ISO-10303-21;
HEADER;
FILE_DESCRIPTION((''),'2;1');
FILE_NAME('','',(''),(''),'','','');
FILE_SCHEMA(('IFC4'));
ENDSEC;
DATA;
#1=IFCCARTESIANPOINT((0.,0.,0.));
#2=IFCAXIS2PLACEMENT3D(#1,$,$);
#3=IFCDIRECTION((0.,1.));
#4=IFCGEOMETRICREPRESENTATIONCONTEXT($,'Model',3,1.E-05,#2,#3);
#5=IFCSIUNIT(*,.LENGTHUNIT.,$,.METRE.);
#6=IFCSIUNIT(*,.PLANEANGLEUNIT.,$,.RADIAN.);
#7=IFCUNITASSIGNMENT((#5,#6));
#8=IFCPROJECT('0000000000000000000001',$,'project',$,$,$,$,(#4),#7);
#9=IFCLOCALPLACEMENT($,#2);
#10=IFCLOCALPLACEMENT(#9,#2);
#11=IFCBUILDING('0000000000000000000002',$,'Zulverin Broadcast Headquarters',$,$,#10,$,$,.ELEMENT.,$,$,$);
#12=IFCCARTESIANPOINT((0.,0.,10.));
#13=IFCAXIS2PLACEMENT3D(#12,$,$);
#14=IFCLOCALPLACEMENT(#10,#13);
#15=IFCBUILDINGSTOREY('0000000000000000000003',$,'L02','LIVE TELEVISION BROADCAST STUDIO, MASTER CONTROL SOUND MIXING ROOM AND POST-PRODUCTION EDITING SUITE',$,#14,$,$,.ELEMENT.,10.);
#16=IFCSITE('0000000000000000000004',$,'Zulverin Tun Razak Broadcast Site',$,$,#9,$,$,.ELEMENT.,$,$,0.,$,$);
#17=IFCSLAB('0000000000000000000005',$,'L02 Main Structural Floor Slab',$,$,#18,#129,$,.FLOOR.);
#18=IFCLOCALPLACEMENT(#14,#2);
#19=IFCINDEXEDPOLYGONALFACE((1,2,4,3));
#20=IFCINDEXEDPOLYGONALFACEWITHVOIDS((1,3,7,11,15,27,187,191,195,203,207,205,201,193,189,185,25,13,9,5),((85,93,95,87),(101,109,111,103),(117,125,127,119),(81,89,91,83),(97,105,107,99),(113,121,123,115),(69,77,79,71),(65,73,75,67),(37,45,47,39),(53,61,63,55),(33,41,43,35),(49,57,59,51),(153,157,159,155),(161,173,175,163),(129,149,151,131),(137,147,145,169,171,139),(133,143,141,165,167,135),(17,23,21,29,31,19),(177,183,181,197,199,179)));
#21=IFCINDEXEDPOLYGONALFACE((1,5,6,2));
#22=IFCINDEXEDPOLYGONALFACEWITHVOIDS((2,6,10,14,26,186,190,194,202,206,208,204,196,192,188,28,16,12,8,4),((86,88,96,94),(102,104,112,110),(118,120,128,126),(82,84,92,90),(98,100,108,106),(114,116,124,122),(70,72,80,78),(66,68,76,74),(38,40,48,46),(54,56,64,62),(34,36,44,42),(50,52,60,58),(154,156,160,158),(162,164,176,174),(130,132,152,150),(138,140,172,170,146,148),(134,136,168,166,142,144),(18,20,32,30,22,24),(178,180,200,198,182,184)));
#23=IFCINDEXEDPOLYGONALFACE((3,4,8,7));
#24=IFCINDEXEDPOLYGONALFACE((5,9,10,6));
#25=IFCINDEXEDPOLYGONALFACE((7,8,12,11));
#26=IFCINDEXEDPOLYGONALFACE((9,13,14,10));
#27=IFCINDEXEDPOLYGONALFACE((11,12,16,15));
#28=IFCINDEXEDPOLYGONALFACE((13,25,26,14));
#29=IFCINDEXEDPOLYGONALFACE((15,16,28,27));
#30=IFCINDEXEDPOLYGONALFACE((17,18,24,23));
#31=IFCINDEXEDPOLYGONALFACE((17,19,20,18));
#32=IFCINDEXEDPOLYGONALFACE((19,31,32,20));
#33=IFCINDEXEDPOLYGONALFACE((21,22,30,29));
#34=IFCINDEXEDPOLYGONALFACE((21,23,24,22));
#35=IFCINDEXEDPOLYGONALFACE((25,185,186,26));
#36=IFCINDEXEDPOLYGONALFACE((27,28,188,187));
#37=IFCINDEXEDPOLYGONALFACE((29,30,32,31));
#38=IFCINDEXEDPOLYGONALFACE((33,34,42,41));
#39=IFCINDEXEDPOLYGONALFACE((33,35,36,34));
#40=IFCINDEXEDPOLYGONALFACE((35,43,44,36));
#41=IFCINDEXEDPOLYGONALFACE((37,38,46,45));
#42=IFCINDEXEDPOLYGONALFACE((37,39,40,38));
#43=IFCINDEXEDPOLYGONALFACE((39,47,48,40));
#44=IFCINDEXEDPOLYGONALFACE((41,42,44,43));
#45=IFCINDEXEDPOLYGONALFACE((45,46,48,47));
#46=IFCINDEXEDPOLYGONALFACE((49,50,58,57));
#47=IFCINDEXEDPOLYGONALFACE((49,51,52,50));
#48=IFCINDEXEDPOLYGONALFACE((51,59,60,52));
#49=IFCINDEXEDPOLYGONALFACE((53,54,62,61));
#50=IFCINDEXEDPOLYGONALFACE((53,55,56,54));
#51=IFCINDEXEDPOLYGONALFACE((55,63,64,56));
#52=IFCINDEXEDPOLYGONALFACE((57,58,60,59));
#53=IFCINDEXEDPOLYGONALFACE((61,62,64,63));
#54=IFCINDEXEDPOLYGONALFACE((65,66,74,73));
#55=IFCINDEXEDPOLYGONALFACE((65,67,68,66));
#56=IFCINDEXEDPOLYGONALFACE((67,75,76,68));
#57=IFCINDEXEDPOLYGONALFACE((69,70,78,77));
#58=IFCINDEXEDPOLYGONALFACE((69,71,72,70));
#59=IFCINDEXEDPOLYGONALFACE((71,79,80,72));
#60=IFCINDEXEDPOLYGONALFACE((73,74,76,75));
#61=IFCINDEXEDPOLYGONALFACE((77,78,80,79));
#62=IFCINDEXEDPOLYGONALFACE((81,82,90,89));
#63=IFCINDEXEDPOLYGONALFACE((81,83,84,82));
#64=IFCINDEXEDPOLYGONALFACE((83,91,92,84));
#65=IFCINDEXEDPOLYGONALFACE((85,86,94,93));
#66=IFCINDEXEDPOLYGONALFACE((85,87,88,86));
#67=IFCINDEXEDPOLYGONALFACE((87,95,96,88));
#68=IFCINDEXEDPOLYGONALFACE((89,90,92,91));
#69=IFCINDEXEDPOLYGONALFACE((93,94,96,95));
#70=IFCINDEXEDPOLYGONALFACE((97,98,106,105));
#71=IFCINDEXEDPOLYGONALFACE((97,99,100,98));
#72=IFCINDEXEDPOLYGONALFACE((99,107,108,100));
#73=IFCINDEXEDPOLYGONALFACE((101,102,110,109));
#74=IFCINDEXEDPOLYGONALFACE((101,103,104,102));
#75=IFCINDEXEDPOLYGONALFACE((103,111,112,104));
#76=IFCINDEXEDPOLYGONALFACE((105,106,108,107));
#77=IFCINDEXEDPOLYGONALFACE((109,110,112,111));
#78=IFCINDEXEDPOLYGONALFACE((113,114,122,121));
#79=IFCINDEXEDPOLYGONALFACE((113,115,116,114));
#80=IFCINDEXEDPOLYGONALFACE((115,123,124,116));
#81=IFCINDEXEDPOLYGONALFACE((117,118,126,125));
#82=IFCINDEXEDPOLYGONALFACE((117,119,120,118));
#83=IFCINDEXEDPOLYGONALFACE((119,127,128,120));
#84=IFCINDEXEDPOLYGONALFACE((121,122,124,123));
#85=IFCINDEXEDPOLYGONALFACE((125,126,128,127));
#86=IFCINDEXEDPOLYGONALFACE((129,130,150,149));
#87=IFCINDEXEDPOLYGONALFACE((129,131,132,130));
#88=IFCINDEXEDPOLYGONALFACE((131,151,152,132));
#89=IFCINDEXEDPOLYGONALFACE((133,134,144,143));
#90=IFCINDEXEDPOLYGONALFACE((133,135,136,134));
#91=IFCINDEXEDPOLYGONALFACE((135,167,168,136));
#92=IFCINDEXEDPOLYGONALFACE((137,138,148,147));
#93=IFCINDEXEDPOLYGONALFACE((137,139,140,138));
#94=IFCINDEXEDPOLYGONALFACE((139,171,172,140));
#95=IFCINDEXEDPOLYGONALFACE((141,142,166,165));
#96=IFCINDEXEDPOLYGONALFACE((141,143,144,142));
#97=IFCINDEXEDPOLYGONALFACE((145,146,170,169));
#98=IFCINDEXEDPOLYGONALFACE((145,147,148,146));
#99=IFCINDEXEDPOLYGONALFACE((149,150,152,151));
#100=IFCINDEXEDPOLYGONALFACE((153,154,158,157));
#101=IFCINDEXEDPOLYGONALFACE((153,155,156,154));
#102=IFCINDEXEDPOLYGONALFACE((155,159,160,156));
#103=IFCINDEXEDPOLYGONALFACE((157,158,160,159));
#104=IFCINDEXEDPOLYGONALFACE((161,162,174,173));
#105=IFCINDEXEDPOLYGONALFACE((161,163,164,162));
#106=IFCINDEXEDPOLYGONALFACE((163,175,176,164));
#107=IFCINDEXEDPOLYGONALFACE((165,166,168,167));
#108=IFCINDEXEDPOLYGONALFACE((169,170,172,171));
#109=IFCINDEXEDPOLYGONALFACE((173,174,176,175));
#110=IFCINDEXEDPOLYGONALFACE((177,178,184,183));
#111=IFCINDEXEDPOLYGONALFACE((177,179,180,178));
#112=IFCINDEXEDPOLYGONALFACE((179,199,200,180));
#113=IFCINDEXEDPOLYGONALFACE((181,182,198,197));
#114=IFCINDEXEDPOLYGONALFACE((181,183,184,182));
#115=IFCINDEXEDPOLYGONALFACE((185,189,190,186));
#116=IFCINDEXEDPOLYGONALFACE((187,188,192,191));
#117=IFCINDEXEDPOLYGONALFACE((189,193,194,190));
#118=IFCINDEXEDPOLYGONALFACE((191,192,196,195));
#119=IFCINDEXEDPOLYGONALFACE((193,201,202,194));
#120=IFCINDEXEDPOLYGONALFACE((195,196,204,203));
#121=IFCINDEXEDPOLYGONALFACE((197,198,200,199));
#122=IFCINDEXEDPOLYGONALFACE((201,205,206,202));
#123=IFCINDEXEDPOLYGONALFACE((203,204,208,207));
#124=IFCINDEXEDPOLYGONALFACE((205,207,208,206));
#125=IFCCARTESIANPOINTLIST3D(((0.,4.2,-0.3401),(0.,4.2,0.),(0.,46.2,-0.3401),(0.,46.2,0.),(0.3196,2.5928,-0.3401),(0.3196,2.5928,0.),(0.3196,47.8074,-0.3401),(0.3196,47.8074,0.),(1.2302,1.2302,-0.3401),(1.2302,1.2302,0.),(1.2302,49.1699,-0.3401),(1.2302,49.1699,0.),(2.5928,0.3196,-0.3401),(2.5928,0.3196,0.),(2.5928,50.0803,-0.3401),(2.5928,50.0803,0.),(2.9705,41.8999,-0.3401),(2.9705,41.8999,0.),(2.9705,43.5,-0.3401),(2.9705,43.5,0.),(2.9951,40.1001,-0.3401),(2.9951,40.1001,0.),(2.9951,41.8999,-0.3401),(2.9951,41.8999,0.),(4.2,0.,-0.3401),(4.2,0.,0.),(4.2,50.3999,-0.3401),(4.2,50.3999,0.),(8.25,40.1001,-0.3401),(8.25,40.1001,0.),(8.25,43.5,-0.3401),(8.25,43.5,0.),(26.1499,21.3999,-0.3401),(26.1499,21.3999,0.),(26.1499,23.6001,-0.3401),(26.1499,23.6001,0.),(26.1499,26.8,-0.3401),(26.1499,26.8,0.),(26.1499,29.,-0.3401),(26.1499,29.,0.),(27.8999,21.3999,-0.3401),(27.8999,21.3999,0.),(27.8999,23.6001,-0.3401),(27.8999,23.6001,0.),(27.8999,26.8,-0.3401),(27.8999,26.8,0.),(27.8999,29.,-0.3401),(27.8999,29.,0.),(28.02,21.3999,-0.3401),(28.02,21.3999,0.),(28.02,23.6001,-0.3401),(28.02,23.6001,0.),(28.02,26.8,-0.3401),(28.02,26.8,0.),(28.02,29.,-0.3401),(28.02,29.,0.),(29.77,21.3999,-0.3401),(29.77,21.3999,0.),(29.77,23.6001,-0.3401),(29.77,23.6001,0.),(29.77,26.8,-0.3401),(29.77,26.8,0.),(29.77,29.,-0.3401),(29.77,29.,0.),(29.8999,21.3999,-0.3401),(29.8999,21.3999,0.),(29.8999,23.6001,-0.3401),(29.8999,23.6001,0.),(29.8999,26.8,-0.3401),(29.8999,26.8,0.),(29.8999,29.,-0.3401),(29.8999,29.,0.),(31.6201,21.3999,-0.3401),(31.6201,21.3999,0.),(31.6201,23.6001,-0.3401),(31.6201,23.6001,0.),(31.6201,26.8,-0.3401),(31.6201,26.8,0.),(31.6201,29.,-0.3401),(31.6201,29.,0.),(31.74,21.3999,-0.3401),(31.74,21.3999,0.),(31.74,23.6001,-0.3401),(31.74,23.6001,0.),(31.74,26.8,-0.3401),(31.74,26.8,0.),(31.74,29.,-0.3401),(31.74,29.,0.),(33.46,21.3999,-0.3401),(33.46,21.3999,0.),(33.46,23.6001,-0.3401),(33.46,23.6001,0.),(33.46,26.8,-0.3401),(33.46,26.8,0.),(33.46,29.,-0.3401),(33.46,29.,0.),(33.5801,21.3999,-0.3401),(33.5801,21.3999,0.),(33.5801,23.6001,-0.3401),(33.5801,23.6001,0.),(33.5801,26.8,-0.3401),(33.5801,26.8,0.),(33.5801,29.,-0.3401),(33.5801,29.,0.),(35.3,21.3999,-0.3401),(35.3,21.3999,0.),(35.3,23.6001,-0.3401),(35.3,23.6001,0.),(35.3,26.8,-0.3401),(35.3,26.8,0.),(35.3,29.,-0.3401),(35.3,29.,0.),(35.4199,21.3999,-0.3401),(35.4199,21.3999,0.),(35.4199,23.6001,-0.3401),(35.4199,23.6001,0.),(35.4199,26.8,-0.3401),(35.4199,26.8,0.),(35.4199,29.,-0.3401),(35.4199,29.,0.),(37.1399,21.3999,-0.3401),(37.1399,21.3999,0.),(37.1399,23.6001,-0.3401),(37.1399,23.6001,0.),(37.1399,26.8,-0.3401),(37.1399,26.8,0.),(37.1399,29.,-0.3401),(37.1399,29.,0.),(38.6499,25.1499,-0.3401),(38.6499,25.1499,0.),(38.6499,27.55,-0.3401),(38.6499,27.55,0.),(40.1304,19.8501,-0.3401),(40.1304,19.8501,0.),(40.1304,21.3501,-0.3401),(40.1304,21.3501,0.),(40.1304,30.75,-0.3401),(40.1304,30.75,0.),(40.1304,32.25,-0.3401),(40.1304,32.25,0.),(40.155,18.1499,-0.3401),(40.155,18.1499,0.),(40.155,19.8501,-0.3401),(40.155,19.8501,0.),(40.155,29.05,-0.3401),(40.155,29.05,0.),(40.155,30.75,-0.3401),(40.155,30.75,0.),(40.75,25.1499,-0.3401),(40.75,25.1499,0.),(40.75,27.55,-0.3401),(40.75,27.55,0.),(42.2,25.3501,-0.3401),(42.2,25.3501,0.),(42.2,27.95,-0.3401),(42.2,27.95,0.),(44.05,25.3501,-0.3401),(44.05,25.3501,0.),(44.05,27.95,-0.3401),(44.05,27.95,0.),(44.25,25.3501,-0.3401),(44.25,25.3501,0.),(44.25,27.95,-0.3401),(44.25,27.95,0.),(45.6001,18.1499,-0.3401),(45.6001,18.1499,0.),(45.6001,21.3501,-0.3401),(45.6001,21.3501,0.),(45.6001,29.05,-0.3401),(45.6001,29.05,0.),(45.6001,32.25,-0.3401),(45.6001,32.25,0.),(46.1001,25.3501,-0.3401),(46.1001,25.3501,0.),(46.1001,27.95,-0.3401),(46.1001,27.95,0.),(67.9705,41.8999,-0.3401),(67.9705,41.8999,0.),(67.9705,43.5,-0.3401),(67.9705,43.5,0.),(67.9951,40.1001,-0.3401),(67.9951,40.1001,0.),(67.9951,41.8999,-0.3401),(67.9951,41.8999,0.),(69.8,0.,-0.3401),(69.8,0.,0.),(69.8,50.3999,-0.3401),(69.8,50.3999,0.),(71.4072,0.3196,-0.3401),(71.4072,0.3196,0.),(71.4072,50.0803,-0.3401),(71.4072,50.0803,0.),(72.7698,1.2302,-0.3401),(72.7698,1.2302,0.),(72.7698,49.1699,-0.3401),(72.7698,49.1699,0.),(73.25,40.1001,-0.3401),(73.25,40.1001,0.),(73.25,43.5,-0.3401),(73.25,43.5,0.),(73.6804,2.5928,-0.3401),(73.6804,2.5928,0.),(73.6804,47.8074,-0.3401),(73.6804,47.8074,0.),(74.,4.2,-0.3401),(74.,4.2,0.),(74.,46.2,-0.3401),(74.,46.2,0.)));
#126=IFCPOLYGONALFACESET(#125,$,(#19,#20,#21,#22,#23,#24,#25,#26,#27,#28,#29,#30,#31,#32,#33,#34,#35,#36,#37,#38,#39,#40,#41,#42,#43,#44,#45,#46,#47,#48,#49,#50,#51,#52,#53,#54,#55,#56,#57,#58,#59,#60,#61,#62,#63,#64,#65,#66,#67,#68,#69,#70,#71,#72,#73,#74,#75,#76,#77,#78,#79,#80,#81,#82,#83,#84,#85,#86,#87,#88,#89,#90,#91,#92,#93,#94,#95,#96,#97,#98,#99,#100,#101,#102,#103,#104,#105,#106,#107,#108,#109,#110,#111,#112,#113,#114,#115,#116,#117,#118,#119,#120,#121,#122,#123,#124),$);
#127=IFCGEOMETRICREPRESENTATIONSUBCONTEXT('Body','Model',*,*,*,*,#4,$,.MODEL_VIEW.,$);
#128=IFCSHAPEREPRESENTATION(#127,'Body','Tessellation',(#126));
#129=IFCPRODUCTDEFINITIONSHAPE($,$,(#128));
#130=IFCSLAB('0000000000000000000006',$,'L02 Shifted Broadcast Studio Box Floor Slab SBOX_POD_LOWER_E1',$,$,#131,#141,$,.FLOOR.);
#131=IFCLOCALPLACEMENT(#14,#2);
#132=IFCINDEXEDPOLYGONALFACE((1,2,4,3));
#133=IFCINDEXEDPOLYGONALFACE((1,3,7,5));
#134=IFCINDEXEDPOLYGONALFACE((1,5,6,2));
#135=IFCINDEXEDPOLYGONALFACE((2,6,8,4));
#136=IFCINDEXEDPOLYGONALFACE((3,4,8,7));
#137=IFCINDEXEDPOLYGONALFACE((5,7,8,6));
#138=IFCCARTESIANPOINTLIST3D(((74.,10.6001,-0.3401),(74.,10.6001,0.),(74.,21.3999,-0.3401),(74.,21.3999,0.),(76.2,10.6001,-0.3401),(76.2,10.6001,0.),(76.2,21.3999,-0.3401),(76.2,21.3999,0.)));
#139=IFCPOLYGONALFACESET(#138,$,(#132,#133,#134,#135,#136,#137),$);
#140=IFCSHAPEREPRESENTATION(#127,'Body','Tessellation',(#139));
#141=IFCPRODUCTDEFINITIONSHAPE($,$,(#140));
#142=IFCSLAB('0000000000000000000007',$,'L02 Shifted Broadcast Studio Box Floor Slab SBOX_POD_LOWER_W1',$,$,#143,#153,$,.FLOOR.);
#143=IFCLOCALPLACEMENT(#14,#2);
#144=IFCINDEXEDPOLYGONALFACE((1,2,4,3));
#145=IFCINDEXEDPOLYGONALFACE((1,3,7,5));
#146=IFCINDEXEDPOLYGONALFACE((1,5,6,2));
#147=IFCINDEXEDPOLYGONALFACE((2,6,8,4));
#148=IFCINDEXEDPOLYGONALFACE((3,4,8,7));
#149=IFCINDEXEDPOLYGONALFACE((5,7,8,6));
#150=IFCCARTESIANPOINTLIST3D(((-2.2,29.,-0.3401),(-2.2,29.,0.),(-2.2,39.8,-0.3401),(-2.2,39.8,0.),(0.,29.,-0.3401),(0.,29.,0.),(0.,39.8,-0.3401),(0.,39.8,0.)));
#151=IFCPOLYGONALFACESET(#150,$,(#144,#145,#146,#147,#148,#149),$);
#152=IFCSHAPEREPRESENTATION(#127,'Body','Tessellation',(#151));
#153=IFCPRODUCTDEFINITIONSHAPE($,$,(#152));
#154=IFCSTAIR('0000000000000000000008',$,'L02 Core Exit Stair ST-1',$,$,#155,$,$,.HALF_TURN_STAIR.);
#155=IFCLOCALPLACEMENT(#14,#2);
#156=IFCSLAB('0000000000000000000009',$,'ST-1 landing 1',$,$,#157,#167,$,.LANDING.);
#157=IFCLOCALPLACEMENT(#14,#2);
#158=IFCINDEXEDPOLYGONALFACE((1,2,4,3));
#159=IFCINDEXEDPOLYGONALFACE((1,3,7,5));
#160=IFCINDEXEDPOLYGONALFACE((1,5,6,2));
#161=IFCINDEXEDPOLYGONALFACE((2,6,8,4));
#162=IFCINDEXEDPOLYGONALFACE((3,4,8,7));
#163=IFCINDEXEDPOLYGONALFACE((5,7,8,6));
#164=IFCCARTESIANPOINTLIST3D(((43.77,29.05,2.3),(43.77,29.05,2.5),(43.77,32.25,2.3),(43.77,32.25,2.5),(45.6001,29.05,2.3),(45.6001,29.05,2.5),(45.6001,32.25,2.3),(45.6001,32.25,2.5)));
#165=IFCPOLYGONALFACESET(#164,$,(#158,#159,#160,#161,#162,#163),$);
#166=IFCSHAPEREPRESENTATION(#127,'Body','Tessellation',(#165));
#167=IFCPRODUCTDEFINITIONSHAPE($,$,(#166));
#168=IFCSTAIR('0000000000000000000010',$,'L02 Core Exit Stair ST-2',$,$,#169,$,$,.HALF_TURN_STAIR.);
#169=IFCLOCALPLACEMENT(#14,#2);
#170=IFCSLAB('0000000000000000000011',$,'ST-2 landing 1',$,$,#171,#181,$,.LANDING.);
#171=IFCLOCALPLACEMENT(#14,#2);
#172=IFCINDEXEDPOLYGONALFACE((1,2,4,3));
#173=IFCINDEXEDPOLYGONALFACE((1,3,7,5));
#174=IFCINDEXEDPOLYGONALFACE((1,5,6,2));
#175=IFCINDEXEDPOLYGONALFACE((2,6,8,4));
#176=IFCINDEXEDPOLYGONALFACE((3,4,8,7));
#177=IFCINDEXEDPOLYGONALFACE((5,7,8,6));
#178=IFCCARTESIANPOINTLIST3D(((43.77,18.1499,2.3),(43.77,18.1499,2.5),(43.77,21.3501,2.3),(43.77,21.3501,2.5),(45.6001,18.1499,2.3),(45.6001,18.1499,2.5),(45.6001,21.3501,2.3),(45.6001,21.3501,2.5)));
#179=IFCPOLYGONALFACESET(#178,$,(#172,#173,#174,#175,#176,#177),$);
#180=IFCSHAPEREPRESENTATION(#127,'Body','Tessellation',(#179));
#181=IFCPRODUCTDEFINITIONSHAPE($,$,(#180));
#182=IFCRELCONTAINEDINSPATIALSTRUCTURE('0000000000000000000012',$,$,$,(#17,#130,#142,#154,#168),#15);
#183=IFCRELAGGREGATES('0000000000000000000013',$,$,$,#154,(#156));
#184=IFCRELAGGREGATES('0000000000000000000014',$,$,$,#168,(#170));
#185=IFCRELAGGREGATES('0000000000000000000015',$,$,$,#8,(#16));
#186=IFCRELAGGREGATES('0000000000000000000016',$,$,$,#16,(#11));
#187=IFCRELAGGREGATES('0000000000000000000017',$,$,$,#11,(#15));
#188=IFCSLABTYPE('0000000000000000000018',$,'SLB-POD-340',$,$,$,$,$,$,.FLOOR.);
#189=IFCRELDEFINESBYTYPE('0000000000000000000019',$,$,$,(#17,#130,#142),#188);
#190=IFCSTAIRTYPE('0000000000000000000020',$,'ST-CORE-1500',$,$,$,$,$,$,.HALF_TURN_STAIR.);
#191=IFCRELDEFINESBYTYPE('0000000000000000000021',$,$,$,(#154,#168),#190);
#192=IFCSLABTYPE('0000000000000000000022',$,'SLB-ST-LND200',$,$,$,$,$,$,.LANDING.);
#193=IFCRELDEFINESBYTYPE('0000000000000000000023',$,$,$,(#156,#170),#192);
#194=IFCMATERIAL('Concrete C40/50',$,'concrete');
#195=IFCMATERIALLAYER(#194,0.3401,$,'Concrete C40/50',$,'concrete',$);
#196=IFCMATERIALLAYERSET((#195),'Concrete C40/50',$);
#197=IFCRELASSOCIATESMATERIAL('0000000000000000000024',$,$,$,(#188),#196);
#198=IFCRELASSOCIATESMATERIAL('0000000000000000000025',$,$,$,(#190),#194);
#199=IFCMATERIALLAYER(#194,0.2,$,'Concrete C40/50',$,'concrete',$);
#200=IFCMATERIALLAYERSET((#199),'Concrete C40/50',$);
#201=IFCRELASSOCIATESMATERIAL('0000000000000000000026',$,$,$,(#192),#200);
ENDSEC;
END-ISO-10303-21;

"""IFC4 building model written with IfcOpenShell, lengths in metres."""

from ifc_helpers import new_model, si_unit, direction, frame, origin, place, context, subcontext, project, spatial, polyline, outline, extrude, material, layer, layer_set, type_object, element, aggregate, save


model = new_model("IFC4")

# Units and contexts
model_context = context("Model", 3, precision=1e-05, world=origin(), true_north=direction((0.0, 1.0)))
body_context = subcontext(model_context, "Body", "Model", "MODEL_VIEW")
ifc_project = project(units=[si_unit("LENGTHUNIT", "METRE"), si_unit("PLANEANGLEUNIT", "RADIAN")], contexts=[model_context])

# Site, building, storey
site_placement = place(None, origin())
site = spatial("IfcSite", under=ifc_project, at=site_placement, Name="Zulverin Tun Razak Broadcast Site", CompositionType="ELEMENT", RefElevation=0.0)
building_placement = place(site_placement, origin())
building = spatial("IfcBuilding", under=site, at=building_placement, Name="Zulverin Broadcast Headquarters", CompositionType="ELEMENT")
storey_placement = place(building_placement, frame((0.0, 0.0, 10.0)))
storey = spatial("IfcBuildingStorey", under=building, at=storey_placement, Name="L02", Description="LIVE TELEVISION BROADCAST STUDIO, MASTER CONTROL SOUND MIXING ROOM AND POST-PRODUCTION EDITING SUITE", CompositionType="ELEMENT", Elevation=10.0)

# Slabs
ifc_material_1 = material(Name="Concrete C40/50", Category="concrete")
ifc_layer_1 = layer(ifc_material_1, 0.3401, Name="Concrete C40/50", Category="concrete")
ifc_layer_set_1 = layer_set([ifc_layer_1], Name="Concrete C40/50")
slab_type_1 = type_object("IfcSlabType", Name="SLB-POD-340", PredefinedType="FLOOR", material=ifc_layer_set_1)
slab_1_placement = place(storey_placement, frame((0.0, 0.0, -0.3401)))
element("IfcSlab", 1, at=slab_1_placement, inside=storey, type_object=slab_type_1, Name="L02 Main Structural Floor Slab", PredefinedType="FLOOR", context=body_context, shape_type="SweptSolid", body=[
    extrude(outline(polyline([(69.8, 0.0), (71.4072, 0.3196), (72.7698, 1.2302), (73.6804, 2.5928), (74.0, 4.2), (74.0, 46.2), (73.6804, 47.8074), (72.7698, 49.1699), (71.4072, 50.0803), (69.8, 50.3999), (4.2, 50.3999), (2.5928, 50.0803), (1.2302, 49.1699), (0.3196, 47.8074), (0.0, 46.2), (0.0, 4.2), (0.3196, 2.5928), (1.2302, 1.2302), (2.5928, 0.3196), (4.2, 0.0), (69.8, 0.0)]), holes=[polyline([(40.155, 30.75), (40.1304, 30.75), (40.1304, 32.25), (45.6001, 32.25), (45.6001, 29.05), (40.155, 29.05), (40.155, 30.75)]), polyline([(40.155, 19.8501), (40.1304, 19.8501), (40.1304, 21.3501), (45.6001, 21.3501), (45.6001, 18.1499), (40.155, 18.1499), (40.155, 19.8501)]), polyline([(2.9951, 41.8999), (2.9705, 41.8999), (2.9705, 43.5), (8.25, 43.5), (8.25, 40.1001), (2.9951, 40.1001), (2.9951, 41.8999)]), polyline([(67.9951, 41.8999), (67.9705, 41.8999), (67.9705, 43.5), (73.25, 43.5), (73.25, 40.1001), (67.9951, 40.1001), (67.9951, 41.8999)]), polyline([(26.1499, 26.8), (27.8999, 26.8), (27.8999, 29.0), (26.1499, 29.0), (26.1499, 26.8)]), polyline([(28.02, 26.8), (29.77, 26.8), (29.77, 29.0), (28.02, 29.0), (28.02, 26.8)]), polyline([(26.1499, 21.3999), (27.8999, 21.3999), (27.8999, 23.6001), (26.1499, 23.6001), (26.1499, 21.3999)]), polyline([(28.02, 21.3999), (29.77, 21.3999), (29.77, 23.6001), (28.02, 23.6001), (28.02, 21.3999)]), polyline([(29.8999, 21.3999), (31.6201, 21.3999), (31.6201, 23.6001), (29.8999, 23.6001), (29.8999, 21.3999)]), polyline([(31.74, 21.3999), (33.46, 21.3999), (33.46, 23.6001), (31.74, 23.6001), (31.74, 21.3999)]), polyline([(33.5801, 21.3999), (35.3, 21.3999), (35.3, 23.6001), (33.5801, 23.6001), (33.5801, 21.3999)]), polyline([(35.4199, 21.3999), (37.1399, 21.3999), (37.1399, 23.6001), (35.4199, 23.6001), (35.4199, 21.3999)]), polyline([(29.8999, 26.8), (31.6201, 26.8), (31.6201, 29.0), (29.8999, 29.0), (29.8999, 26.8)]), polyline([(31.74, 26.8), (33.46, 26.8), (33.46, 29.0), (31.74, 29.0), (31.74, 26.8)]), polyline([(33.5801, 26.8), (35.3, 26.8), (35.3, 29.0), (33.5801, 29.0), (33.5801, 26.8)]), polyline([(35.4199, 26.8), (37.1399, 26.8), (37.1399, 29.0), (35.4199, 29.0), (35.4199, 26.8)]), polyline([(42.2, 25.3501), (44.05, 25.3501), (44.05, 27.95), (42.2, 27.95), (42.2, 25.3501)]), polyline([(44.25, 25.3501), (46.1001, 25.3501), (46.1001, 27.95), (44.25, 27.95), (44.25, 25.3501)]), polyline([(38.6499, 25.1499), (40.75, 25.1499), (40.75, 27.55), (38.6499, 27.55), (38.6499, 25.1499)])]), origin(), (0.0, 0.0, 1.0), 0.3401),
])
slab_2_placement = place(storey_placement, frame((0.0, 0.0, -0.3401)))
element("IfcSlab", 2, at=slab_2_placement, inside=storey, type_object=slab_type_1, Name="L02 Shifted Broadcast Studio Box Floor Slab SBOX_POD_LOWER_E1", PredefinedType="FLOOR", context=body_context, shape_type="SweptSolid", body=[
    extrude(outline(polyline([(74.0, 10.6001), (76.2, 10.6001), (76.2, 21.3999), (74.0, 21.3999), (74.0, 10.6001)])), origin(), (0.0, 0.0, 1.0), 0.3401),
])
slab_3_placement = place(storey_placement, frame((0.0, 0.0, -0.3401)))
element("IfcSlab", 3, at=slab_3_placement, inside=storey, type_object=slab_type_1, Name="L02 Shifted Broadcast Studio Box Floor Slab SBOX_POD_LOWER_W1", PredefinedType="FLOOR", context=body_context, shape_type="SweptSolid", body=[
    extrude(outline(polyline([(-2.2, 29.0), (0.0, 29.0), (0.0, 39.8), (-2.2, 39.8), (-2.2, 29.0)])), origin(), (0.0, 0.0, 1.0), 0.3401),
])

# Stairs, slabs
stair_type_1 = type_object("IfcStairType", Name="ST-CORE-1500", PredefinedType="HALF_TURN_STAIR", material=ifc_material_1)
stair_1_placement = place(storey_placement, origin())
stair_1 = element("IfcStair", 4, at=stair_1_placement, inside=storey, type_object=stair_type_1, Name="L02 Core Exit Stair ST-1", PredefinedType="HALF_TURN_STAIR")
ifc_layer_2 = layer(ifc_material_1, 0.2, Name="Concrete C40/50", Category="concrete")
ifc_layer_set_2 = layer_set([ifc_layer_2], Name="Concrete C40/50")
slab_type_2 = type_object("IfcSlabType", Name="SLB-ST-LND200", PredefinedType="LANDING", material=ifc_layer_set_2)
slab_4_placement = place(storey_placement, frame((0.0, 0.0, 2.3)))
slab_4 = element("IfcSlab", 5, at=slab_4_placement, type_object=slab_type_2, Name="ST-1 landing 1", PredefinedType="LANDING", context=body_context, shape_type="SweptSolid", body=[
    extrude(outline(polyline([(43.77, 29.05), (45.6001, 29.05), (45.6001, 32.25), (43.77, 32.25), (43.77, 29.05)])), origin(), (0.0, 0.0, 1.0), 0.2),
])
aggregate(stair_1, [slab_4])
stair_2_placement = place(storey_placement, origin())
stair_2 = element("IfcStair", 6, at=stair_2_placement, inside=storey, type_object=stair_type_1, Name="L02 Core Exit Stair ST-2", PredefinedType="HALF_TURN_STAIR")
slab_5_placement = place(storey_placement, frame((0.0, 0.0, 2.3)))
slab_5 = element("IfcSlab", 7, at=slab_5_placement, type_object=slab_type_2, Name="ST-2 landing 1", PredefinedType="LANDING", context=body_context, shape_type="SweptSolid", body=[
    extrude(outline(polyline([(43.77, 18.1499), (45.6001, 18.1499), (45.6001, 21.3501), (43.77, 21.3501), (43.77, 18.1499)])), origin(), (0.0, 0.0, 1.0), 0.2),
])
aggregate(stair_2, [slab_5])

save(model, "model.ifc")
